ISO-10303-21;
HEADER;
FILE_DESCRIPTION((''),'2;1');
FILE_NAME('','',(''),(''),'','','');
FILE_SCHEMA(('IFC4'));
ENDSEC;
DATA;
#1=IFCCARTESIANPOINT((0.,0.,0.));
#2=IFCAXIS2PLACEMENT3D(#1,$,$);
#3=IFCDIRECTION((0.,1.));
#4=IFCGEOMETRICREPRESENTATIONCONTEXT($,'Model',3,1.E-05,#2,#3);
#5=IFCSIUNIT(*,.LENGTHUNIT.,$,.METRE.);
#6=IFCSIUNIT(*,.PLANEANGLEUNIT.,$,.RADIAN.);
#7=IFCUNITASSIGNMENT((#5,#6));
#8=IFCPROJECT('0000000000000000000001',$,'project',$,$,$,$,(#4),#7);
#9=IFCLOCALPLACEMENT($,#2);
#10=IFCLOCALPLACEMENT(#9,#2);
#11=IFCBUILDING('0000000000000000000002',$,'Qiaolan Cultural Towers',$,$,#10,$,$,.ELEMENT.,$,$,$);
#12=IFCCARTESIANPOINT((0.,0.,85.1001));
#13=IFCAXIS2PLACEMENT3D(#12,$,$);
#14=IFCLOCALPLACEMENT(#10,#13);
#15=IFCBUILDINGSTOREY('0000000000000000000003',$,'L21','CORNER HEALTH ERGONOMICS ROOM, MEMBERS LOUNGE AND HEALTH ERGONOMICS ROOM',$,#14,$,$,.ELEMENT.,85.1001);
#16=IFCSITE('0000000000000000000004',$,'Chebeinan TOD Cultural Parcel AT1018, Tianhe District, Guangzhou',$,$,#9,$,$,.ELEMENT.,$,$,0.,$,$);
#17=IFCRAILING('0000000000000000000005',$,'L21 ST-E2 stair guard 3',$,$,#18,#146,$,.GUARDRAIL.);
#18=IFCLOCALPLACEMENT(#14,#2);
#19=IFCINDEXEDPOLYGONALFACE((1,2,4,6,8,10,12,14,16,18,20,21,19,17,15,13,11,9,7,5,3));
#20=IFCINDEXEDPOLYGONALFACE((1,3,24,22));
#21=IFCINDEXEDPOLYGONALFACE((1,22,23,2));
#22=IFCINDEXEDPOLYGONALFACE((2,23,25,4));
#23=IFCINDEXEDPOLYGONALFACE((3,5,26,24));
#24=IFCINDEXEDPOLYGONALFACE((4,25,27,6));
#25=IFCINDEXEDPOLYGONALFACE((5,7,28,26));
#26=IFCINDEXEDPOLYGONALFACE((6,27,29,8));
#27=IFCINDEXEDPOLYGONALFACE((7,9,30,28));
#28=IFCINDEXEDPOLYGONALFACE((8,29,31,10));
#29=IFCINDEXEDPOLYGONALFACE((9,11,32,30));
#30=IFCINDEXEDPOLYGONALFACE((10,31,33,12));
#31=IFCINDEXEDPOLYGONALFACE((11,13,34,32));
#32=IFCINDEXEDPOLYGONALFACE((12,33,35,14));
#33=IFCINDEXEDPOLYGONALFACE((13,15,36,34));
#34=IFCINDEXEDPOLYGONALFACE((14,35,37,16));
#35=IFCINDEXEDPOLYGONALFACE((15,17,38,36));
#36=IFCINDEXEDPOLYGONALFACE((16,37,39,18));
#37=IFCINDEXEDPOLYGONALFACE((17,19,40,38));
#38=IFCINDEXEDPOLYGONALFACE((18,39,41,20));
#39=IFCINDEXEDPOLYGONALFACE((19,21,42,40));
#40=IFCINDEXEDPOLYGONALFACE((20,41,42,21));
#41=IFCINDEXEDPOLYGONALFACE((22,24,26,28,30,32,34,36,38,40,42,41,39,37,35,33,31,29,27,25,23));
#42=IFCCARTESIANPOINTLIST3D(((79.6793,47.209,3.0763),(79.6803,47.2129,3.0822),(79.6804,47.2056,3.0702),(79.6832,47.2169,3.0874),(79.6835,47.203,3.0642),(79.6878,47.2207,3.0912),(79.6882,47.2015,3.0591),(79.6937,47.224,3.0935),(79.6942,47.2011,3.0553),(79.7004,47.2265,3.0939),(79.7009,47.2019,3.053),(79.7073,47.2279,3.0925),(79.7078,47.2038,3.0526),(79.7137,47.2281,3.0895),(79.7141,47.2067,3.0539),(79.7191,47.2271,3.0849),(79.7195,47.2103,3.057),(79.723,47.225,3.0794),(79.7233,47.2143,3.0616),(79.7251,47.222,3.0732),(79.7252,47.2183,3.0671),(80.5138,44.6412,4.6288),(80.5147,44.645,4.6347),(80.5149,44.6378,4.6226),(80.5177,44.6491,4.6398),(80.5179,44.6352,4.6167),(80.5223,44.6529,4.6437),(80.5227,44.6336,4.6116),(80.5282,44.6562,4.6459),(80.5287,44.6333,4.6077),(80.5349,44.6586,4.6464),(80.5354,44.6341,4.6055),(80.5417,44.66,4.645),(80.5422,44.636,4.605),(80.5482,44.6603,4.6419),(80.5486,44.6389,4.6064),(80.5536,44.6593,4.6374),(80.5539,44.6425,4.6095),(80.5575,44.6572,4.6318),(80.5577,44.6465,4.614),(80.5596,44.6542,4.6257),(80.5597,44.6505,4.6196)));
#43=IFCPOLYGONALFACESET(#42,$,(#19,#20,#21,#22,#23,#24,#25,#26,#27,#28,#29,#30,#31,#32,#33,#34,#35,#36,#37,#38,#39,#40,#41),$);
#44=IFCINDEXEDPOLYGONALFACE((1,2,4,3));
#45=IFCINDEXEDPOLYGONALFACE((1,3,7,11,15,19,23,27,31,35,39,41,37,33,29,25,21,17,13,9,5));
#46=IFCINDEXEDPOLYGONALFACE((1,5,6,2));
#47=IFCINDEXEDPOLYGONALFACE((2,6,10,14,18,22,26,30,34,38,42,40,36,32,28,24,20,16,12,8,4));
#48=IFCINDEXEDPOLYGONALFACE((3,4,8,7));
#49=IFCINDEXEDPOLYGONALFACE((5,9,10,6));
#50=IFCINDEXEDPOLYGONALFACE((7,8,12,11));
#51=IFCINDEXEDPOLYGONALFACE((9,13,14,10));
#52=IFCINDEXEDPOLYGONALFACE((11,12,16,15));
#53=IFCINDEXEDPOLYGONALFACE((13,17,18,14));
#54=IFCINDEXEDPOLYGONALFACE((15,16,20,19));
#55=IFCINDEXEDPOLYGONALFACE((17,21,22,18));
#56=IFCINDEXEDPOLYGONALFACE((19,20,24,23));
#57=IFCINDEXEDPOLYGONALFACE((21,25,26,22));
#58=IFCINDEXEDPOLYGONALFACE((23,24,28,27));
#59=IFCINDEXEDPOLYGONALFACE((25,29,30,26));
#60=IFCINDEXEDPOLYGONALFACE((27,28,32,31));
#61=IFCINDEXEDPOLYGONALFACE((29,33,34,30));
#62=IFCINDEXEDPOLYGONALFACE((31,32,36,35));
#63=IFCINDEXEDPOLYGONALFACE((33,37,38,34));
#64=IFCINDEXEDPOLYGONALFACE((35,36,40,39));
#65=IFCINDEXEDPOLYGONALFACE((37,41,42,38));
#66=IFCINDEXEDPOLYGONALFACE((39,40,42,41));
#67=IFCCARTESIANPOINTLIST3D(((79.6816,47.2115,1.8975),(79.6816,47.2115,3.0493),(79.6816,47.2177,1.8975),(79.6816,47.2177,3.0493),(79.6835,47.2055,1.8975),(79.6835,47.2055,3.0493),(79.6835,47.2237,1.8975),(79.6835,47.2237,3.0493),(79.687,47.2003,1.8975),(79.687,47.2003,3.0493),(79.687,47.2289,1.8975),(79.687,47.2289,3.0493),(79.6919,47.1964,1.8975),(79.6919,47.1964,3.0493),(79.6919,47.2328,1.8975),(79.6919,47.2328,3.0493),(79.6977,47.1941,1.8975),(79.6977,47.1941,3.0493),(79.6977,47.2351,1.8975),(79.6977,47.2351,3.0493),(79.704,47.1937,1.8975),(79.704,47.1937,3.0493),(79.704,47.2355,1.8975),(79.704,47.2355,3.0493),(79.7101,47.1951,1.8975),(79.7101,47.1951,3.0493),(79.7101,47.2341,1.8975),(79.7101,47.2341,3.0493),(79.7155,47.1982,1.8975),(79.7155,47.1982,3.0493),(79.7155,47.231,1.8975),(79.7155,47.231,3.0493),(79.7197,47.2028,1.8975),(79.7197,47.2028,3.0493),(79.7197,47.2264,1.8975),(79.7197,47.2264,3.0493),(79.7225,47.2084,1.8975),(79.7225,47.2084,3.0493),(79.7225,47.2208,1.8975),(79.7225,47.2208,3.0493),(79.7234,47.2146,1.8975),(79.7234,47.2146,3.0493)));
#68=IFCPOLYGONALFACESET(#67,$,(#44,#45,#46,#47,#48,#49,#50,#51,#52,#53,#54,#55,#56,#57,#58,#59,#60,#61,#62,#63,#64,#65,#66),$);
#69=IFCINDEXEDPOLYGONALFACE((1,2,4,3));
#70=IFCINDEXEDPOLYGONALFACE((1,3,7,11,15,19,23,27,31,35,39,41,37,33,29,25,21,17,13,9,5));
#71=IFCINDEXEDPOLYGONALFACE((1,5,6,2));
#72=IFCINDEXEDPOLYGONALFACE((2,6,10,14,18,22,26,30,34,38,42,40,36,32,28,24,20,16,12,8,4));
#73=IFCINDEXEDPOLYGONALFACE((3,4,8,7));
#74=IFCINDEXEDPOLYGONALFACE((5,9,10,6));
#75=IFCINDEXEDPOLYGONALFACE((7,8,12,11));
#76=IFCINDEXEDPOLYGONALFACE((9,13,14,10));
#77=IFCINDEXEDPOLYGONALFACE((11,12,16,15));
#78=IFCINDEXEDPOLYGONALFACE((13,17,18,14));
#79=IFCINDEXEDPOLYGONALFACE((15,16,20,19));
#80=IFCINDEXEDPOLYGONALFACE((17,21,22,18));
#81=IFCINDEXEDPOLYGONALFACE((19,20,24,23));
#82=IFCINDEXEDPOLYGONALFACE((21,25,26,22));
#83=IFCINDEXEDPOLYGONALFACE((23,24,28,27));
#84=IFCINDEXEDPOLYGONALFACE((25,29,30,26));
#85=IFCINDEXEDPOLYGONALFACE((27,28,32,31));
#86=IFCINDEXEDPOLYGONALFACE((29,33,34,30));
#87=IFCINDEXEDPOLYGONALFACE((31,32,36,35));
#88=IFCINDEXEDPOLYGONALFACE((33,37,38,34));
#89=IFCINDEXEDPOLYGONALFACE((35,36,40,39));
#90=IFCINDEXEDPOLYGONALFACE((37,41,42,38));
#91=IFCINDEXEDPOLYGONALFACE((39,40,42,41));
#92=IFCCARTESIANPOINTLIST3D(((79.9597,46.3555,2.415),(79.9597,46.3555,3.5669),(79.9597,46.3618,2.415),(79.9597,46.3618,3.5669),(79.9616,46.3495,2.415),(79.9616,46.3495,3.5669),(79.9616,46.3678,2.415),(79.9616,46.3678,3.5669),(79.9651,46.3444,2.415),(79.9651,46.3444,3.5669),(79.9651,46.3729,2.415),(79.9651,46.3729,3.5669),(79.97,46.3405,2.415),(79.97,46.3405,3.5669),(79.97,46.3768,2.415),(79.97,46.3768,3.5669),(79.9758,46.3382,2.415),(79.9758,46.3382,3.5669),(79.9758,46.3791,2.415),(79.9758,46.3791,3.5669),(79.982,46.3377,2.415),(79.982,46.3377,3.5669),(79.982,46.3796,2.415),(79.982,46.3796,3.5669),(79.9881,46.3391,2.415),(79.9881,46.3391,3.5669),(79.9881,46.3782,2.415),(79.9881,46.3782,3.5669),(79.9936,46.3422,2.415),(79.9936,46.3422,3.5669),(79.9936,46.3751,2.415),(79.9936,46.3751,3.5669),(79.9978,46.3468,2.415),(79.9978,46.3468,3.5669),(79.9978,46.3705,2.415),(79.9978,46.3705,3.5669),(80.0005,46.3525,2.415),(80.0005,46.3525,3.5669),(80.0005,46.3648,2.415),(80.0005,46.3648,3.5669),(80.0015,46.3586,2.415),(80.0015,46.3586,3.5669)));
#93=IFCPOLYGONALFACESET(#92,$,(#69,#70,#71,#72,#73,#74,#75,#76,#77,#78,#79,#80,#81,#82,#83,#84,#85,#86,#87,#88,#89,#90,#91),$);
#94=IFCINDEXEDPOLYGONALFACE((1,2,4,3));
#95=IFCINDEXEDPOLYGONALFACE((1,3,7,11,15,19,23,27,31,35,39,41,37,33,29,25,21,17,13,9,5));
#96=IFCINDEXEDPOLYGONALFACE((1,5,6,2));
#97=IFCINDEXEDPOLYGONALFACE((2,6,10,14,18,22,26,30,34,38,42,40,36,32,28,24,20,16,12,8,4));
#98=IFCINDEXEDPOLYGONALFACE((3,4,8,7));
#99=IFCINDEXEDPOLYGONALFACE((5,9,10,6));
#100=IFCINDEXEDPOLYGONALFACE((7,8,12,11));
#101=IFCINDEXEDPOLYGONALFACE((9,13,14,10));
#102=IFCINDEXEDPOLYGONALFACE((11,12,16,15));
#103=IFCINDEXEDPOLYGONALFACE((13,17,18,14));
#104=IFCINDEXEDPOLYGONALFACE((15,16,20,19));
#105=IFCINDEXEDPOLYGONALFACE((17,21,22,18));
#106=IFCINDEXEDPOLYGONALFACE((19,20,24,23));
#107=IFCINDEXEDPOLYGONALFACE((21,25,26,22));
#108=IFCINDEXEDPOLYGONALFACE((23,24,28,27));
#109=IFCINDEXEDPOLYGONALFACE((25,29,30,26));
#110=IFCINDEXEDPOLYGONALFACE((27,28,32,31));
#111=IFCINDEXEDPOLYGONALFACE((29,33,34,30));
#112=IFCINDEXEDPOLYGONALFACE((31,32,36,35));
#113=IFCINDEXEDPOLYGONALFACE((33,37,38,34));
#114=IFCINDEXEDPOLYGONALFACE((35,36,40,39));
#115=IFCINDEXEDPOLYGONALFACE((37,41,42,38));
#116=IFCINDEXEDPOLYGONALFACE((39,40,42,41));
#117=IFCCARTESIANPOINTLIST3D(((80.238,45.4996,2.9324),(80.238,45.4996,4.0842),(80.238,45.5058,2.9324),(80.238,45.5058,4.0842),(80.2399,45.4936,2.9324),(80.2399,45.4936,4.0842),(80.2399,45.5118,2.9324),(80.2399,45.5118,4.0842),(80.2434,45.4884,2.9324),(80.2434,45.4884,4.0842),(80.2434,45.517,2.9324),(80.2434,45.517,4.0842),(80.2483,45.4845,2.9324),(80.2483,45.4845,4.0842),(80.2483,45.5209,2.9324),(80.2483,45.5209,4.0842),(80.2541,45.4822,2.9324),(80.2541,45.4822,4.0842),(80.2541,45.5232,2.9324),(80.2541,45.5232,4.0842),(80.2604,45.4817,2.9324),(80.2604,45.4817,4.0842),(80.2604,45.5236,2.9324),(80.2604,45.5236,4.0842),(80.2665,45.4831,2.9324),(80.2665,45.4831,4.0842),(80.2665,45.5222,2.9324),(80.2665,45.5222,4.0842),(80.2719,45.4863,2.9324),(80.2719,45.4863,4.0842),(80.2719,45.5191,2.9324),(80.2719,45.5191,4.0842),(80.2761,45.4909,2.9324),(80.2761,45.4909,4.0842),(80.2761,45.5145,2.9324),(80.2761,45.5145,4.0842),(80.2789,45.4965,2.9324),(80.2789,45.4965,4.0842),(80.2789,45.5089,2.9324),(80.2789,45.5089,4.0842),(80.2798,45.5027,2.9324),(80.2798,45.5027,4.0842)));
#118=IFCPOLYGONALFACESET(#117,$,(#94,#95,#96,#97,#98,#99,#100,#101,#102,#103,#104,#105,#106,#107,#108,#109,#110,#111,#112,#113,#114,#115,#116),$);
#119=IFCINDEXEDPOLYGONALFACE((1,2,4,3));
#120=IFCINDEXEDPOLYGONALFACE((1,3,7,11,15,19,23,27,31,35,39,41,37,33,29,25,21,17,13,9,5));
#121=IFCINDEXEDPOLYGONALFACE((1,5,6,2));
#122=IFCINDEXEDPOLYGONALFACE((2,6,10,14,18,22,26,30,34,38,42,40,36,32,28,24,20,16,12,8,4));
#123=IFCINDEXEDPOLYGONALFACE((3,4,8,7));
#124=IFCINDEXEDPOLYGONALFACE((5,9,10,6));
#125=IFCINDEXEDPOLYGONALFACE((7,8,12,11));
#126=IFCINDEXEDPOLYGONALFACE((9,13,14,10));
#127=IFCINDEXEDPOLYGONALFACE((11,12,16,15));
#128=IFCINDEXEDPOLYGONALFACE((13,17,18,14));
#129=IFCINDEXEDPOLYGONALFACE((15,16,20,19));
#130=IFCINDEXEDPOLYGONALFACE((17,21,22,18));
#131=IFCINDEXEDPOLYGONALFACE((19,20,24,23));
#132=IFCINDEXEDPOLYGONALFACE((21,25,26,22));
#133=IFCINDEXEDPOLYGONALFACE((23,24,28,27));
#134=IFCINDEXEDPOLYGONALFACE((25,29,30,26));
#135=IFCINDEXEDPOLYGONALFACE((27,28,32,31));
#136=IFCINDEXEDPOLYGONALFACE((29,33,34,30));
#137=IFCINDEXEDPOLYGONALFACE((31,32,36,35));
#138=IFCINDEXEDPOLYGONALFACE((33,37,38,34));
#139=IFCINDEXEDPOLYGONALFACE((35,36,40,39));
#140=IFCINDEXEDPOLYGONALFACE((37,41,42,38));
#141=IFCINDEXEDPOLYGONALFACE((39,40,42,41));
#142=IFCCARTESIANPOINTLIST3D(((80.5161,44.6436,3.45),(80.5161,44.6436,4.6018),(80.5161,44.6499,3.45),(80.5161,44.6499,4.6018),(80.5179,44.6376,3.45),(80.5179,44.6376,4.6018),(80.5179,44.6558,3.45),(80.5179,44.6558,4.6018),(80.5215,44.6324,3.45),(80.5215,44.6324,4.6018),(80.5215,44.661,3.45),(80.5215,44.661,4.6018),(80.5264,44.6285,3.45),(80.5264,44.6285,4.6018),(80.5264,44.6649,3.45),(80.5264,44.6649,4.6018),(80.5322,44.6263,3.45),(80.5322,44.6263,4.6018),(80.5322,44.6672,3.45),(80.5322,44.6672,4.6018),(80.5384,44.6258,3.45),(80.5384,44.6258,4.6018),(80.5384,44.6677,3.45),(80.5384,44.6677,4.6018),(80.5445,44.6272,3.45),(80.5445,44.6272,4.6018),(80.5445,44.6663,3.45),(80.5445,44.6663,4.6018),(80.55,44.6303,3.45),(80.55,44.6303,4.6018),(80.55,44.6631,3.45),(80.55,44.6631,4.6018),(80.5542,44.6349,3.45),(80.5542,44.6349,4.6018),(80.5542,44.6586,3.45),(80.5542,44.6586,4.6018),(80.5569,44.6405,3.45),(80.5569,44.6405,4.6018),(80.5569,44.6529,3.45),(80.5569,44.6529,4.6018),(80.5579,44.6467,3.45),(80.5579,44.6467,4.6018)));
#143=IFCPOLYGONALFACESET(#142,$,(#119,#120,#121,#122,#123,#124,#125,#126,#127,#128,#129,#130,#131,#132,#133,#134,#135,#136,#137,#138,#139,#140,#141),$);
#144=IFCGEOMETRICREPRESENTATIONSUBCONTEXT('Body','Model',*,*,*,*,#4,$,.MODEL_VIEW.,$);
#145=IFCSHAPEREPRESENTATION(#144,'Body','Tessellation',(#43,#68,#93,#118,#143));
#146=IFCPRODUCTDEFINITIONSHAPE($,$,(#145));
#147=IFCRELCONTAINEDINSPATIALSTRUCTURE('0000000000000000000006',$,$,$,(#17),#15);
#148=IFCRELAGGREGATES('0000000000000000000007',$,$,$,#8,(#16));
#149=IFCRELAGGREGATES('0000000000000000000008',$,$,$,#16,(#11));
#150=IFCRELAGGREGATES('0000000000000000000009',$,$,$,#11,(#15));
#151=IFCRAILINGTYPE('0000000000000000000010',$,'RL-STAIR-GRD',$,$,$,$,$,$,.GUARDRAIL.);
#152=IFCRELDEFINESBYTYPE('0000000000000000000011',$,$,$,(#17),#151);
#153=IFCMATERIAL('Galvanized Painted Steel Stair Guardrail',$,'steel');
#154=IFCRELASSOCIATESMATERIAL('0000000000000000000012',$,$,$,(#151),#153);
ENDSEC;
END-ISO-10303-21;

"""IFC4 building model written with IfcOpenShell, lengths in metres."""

from ifc_helpers import new_model, si_unit, direction, frame, origin, origin_2d, place, context, subcontext, project, spatial, circle, extrude, material, type_object, element, save


model = new_model("IFC4")

# Units and contexts
model_context = context("Model", 3, precision=1e-05, world=origin(), true_north=direction((0.0, 1.0)))
body_context = subcontext(model_context, "Body", "Model", "MODEL_VIEW")
ifc_project = project(units=[si_unit("LENGTHUNIT", "METRE"), si_unit("PLANEANGLEUNIT", "RADIAN")], contexts=[model_context])

# Site, building, storey
site_placement = place(None, origin())
site = spatial("IfcSite", under=ifc_project, at=site_placement, Name="Chebeinan TOD Cultural Parcel AT1018, Tianhe District, Guangzhou", CompositionType="ELEMENT", RefElevation=0.0)
building_placement = place(site_placement, origin())
building = spatial("IfcBuilding", under=site, at=building_placement, Name="Qiaolan Cultural Towers", CompositionType="ELEMENT")
storey_placement = place(building_placement, frame((0.0, 0.0, 85.1001)))
storey = spatial("IfcBuildingStorey", under=building, at=storey_placement, Name="L21", Description="CORNER HEALTH ERGONOMICS ROOM, MEMBERS LOUNGE AND HEALTH ERGONOMICS ROOM", CompositionType="ELEMENT", Elevation=85.1001)

# Railing
ifc_material_1 = material(Name="Galvanized Painted Steel Stair Guardrail", Category="steel")
railing_type_1 = type_object("IfcRailingType", Name="RL-STAIR-GRD", PredefinedType="GUARDRAIL", material=ifc_material_1)
railing_1_placement = place(storey_placement, frame((79.7024, 47.2146, 1.8975)))
element("IfcRailing", 1, at=railing_1_placement, inside=storey, type_object=railing_type_1, Name="L21 ST-E2 stair guard 3", PredefinedType="GUARDRAIL", context=body_context, shape_type="SweptSolid", body=[
    extrude(circle(Radius=0.0239, at=origin_2d()), frame((0.0, 0.0, 1.1758), z_axis=(0.267926, -0.824471, 0.498461), x_axis=(0.951043, 0.309057, 0.0)), (0.0, 0.0, 1.0), 3.1145),
    extrude(circle(Radius=0.021, at=origin_2d()), origin(), (0.0, 0.0, 1.0), 1.1519),
    extrude(circle(Radius=0.021, at=origin_2d()), frame((0.2781, -0.856, 0.5176)), (0.0, 0.0, 1.0), 1.1519),
    extrude(circle(Radius=0.021, at=origin_2d()), frame((0.5564, -1.7119, 1.0349)), (0.0, 0.0, 1.0), 1.1519),
    extrude(circle(Radius=0.021, at=origin_2d()), frame((0.8345, -2.5679, 1.5525)), (0.0, 0.0, 1.0), 1.1519),
])

save(model, "model.ifc")
